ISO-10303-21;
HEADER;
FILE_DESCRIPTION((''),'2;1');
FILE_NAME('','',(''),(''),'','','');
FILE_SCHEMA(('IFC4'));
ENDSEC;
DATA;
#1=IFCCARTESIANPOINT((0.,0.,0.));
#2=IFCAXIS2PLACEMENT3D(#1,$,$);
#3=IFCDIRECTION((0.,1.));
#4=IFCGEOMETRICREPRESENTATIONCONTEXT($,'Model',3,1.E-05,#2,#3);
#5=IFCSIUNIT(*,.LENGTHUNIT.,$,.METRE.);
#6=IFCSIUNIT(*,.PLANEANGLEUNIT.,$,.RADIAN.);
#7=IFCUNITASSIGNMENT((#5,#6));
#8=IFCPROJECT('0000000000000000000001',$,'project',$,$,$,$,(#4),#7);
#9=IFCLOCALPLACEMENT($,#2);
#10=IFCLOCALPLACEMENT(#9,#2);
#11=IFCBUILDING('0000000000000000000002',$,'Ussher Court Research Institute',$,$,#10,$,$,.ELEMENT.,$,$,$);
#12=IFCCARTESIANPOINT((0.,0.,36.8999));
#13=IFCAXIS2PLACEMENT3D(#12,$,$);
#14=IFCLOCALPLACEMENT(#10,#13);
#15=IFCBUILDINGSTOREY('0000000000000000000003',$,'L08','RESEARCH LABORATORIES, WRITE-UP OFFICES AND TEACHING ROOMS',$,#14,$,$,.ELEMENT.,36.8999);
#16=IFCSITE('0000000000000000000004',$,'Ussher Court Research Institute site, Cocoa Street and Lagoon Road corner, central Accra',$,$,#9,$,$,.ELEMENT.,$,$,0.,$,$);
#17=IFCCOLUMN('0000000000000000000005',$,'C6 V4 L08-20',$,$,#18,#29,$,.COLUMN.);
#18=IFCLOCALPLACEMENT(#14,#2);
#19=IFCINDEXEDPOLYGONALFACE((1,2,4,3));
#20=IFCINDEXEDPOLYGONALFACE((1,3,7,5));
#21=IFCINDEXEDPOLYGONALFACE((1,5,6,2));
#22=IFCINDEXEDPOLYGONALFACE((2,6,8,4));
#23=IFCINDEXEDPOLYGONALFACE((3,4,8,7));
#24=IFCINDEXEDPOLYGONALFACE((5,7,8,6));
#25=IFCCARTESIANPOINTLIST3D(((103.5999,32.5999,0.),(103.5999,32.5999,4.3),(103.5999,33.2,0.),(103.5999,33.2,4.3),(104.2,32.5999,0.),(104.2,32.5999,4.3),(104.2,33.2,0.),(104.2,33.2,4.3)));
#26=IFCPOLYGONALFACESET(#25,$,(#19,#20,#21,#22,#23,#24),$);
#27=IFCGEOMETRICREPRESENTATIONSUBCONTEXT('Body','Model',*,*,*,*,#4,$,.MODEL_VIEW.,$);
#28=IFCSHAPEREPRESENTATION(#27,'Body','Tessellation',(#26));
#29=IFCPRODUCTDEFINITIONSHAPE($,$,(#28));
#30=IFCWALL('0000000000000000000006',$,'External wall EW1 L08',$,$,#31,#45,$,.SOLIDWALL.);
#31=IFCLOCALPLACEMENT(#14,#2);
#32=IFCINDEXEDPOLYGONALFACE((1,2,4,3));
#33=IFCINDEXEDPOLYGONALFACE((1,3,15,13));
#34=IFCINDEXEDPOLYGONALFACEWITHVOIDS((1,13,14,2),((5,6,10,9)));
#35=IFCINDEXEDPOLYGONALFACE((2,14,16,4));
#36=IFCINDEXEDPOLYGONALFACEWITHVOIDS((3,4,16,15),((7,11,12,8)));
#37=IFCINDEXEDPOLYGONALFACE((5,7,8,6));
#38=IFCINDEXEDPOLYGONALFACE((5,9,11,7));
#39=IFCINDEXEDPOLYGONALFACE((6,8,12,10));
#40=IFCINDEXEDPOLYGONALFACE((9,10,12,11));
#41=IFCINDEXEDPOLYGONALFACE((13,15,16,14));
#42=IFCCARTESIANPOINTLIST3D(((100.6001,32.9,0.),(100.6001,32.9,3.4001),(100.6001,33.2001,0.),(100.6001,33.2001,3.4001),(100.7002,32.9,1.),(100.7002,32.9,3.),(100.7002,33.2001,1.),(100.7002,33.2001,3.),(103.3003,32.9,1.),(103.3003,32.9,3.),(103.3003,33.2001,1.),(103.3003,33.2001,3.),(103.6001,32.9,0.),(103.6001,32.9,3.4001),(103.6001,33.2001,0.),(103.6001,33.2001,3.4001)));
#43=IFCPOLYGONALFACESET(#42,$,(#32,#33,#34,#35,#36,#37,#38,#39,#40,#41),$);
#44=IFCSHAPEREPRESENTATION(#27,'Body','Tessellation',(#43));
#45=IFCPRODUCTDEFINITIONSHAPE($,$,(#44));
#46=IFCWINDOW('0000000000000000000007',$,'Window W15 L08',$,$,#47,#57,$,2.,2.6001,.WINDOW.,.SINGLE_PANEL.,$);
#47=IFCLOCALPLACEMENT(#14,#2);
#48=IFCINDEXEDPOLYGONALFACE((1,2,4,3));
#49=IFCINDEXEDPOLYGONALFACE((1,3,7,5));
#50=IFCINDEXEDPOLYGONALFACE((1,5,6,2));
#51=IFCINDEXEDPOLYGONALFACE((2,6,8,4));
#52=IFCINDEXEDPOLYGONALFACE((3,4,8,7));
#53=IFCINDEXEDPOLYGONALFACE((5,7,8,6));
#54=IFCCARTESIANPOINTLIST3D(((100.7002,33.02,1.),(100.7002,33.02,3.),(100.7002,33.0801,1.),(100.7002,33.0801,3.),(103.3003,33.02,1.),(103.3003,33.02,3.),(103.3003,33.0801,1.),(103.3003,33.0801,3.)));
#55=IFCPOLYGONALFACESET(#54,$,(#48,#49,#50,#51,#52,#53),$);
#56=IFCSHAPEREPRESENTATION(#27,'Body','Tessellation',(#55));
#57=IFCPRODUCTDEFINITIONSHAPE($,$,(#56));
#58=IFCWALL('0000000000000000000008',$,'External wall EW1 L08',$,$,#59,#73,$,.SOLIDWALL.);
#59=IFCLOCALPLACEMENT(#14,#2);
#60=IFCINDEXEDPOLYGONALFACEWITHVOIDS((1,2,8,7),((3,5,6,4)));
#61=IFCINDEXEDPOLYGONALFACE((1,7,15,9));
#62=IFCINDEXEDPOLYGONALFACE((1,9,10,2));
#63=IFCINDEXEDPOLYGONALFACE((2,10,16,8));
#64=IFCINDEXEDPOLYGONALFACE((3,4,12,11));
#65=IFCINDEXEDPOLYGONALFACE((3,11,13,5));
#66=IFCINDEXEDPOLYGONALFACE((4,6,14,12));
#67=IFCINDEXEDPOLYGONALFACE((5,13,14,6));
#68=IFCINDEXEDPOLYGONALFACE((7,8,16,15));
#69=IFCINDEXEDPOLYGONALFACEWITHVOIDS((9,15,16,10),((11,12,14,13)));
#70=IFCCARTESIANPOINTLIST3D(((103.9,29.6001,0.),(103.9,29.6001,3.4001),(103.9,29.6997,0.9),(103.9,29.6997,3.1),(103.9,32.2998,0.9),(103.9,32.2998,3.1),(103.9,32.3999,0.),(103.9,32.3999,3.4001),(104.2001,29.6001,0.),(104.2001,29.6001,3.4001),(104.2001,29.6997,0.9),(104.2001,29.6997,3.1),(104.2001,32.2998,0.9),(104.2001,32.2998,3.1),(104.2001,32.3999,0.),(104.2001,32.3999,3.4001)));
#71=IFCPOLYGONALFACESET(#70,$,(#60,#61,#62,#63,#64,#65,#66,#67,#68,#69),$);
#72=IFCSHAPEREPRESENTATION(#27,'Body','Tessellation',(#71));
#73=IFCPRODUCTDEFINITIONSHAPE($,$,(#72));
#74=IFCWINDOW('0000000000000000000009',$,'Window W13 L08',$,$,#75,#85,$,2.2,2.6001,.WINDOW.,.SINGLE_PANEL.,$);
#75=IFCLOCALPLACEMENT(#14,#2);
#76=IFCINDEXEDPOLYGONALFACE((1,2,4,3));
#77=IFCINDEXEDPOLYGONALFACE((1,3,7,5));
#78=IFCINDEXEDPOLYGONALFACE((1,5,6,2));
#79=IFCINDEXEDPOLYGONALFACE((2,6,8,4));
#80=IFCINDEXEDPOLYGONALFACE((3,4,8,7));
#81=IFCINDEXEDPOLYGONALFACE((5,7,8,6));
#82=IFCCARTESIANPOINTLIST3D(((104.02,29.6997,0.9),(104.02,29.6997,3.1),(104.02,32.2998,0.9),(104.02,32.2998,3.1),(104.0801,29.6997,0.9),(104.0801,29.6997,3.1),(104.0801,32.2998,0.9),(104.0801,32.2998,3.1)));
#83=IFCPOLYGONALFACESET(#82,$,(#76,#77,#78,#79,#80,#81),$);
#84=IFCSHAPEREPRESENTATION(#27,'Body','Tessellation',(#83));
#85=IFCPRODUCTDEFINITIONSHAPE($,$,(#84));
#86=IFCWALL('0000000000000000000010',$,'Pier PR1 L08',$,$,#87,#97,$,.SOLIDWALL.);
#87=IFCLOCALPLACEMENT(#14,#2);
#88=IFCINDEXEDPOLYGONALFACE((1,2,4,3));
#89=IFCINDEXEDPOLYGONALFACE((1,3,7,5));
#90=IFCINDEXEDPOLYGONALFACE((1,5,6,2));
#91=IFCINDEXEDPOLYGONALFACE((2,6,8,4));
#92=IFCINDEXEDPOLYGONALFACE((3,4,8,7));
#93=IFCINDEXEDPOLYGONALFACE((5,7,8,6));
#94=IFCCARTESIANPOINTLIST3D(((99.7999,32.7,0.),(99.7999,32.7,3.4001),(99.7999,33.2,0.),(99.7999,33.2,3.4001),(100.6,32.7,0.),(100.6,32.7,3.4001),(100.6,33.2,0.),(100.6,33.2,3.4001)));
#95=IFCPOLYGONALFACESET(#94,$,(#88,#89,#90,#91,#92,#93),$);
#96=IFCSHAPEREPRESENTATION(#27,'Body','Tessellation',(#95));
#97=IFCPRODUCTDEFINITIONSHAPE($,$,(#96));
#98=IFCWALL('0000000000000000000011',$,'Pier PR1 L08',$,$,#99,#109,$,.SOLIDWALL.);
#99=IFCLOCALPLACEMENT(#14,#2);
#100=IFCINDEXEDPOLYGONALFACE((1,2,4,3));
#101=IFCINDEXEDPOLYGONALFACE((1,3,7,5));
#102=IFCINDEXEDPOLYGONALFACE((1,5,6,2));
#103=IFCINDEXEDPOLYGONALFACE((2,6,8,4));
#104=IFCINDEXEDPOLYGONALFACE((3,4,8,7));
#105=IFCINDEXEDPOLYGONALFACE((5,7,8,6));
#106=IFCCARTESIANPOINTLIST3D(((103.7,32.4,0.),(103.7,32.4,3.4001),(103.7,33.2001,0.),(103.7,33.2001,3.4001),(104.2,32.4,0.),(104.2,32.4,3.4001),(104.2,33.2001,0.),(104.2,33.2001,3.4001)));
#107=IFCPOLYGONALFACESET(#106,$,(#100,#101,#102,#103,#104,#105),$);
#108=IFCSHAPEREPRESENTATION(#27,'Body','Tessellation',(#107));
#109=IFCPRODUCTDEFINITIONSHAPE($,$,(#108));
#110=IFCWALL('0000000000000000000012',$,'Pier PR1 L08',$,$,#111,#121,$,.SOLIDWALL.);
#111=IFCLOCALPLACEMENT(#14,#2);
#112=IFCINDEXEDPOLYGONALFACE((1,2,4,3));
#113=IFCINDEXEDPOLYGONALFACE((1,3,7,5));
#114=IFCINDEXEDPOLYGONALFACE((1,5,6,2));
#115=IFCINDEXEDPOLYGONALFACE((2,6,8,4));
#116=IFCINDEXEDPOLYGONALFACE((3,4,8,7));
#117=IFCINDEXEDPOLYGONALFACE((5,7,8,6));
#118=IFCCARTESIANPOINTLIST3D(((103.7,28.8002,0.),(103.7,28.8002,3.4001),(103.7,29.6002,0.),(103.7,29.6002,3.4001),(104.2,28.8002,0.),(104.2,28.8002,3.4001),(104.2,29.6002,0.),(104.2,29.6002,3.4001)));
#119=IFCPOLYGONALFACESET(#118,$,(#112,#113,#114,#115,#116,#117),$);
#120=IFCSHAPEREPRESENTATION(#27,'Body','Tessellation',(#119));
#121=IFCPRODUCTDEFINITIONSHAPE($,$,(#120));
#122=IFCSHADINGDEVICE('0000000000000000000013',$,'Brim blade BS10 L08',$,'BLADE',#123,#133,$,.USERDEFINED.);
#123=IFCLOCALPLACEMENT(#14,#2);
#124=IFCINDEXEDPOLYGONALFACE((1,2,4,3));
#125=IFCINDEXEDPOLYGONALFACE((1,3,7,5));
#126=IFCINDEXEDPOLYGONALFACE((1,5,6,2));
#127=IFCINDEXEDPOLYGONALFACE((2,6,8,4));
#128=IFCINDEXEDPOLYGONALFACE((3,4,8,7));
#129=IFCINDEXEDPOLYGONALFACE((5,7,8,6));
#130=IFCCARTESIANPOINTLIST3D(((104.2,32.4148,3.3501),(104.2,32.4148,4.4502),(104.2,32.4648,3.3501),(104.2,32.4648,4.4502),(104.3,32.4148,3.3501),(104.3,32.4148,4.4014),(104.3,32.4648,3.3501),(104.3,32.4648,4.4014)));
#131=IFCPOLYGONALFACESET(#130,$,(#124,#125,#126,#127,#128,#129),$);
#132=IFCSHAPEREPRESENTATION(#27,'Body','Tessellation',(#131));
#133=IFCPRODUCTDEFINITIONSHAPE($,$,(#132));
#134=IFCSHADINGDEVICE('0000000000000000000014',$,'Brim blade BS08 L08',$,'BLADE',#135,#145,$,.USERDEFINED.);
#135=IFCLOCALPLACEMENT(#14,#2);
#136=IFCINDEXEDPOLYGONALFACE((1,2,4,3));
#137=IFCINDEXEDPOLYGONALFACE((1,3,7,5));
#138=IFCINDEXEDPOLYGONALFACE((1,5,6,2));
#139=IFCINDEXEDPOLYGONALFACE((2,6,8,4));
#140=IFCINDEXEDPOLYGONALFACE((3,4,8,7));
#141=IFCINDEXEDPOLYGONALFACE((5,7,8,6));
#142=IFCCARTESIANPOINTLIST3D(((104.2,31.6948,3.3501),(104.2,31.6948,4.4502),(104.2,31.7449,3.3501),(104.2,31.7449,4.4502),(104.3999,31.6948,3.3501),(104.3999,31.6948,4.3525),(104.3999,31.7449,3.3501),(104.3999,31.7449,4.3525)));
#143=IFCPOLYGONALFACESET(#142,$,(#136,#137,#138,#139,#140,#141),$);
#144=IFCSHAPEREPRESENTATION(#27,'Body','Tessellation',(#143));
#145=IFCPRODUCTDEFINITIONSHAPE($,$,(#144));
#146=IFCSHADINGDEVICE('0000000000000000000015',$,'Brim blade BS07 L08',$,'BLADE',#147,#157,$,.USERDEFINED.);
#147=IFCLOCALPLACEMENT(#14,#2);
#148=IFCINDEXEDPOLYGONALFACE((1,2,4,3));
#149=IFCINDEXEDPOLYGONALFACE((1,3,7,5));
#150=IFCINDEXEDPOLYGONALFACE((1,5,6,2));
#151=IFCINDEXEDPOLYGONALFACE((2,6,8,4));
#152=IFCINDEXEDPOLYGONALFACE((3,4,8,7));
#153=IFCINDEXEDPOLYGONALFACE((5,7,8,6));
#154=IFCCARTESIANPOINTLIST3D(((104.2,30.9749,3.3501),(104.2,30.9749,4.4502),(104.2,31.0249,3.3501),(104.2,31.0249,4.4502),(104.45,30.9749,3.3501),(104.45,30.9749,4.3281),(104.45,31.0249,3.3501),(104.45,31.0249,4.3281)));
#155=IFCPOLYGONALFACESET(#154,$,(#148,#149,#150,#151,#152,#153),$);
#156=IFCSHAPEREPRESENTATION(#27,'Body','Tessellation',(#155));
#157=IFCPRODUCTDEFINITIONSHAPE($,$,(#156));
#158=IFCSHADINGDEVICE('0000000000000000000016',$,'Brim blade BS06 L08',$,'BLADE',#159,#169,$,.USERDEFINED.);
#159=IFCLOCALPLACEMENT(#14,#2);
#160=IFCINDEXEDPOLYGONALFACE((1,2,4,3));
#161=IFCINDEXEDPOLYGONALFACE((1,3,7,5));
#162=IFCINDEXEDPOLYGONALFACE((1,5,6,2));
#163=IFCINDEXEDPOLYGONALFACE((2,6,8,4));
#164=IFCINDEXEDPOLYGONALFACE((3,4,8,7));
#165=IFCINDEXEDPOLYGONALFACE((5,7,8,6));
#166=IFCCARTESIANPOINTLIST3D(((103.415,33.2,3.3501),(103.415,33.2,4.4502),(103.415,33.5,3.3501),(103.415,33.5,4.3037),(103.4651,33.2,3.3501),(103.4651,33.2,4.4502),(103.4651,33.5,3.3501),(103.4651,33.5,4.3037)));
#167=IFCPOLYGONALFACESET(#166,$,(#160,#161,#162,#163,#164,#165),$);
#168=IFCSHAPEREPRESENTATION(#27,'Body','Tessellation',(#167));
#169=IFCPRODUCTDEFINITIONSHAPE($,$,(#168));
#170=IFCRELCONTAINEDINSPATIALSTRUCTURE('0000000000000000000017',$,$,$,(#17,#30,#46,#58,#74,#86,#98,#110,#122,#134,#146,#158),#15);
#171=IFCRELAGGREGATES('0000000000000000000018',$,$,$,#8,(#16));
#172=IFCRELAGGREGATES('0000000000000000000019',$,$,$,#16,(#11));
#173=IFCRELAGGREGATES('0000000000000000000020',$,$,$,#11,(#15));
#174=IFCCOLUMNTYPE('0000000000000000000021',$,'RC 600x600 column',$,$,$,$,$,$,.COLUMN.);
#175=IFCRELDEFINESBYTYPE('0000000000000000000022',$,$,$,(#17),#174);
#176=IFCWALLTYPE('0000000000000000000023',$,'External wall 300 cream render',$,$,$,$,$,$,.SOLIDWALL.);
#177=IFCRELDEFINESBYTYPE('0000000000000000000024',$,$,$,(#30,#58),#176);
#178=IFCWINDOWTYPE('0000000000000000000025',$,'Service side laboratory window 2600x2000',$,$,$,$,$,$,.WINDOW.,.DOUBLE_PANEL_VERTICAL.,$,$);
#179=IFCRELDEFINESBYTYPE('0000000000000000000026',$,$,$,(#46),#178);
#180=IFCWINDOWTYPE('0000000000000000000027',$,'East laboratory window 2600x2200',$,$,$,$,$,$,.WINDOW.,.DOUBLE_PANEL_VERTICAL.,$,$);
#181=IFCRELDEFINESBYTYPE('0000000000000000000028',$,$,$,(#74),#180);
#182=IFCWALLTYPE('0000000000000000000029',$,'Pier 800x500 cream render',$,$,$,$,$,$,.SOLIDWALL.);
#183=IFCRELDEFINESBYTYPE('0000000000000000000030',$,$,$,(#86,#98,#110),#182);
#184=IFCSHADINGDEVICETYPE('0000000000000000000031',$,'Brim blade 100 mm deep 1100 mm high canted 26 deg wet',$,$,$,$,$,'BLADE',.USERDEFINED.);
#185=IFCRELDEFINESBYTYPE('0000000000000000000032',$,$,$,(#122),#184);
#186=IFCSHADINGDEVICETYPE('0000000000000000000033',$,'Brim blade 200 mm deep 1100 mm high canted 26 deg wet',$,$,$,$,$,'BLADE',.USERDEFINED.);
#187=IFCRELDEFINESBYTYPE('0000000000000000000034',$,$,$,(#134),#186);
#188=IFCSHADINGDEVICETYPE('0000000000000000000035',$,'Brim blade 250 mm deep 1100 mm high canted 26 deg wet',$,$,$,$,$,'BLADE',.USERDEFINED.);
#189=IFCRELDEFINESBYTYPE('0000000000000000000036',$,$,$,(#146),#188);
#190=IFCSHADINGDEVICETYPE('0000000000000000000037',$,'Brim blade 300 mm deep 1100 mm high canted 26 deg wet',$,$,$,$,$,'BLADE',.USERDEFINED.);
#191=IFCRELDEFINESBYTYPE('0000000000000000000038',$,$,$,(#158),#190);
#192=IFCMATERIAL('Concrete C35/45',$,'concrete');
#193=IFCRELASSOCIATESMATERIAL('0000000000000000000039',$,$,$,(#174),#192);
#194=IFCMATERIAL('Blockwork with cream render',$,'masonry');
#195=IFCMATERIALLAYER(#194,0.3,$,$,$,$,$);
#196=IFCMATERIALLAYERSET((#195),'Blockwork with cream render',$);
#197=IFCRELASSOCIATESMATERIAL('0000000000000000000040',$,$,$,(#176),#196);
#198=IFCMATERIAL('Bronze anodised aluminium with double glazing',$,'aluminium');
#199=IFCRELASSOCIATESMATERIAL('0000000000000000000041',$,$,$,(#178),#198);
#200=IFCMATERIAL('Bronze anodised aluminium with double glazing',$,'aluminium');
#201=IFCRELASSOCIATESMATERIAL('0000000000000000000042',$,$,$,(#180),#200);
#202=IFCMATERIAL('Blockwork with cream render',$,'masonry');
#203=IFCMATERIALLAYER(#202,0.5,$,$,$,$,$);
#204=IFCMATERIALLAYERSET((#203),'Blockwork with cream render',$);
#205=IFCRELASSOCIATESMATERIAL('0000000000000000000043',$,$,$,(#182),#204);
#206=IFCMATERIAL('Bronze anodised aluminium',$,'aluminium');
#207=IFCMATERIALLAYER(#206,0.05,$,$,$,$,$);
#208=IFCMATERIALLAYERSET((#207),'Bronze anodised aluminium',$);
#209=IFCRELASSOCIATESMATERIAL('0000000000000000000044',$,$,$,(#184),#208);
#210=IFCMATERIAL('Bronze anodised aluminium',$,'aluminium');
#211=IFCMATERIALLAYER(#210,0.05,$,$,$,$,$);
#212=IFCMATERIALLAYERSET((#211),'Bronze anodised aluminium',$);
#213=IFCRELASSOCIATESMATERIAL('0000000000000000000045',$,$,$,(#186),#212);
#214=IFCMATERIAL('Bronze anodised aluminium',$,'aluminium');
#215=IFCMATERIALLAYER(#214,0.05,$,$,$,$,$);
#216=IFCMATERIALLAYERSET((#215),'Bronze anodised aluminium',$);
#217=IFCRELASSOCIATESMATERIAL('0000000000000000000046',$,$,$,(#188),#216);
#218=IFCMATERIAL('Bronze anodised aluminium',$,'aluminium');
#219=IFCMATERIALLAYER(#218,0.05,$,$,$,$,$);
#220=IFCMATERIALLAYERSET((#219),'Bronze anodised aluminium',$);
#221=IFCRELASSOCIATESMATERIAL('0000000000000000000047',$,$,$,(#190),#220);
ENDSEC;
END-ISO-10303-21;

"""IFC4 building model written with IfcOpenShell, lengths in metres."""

from ifc_helpers import new_model, si_unit, direction, frame, frame_2d, origin, origin_2d, place, context, subcontext, project, spatial, polyline, rectangle, outline, extrude, material, layer, layer_set, material_profile, profile_set, type_object, element, fill, save


model = new_model("IFC4")

# Units and contexts
model_context = context("Model", 3, precision=1e-05, world=origin(), true_north=direction((0.0, 1.0)))
body_context = subcontext(model_context, "Body", "Model", "MODEL_VIEW")
ifc_project = project(units=[si_unit("LENGTHUNIT", "METRE"), si_unit("PLANEANGLEUNIT", "RADIAN")], contexts=[model_context])

# Site, building, storey
site_placement = place(None, origin())
site = spatial("IfcSite", under=ifc_project, at=site_placement, Name="Ussher Court Research Institute site, Cocoa Street and Lagoon Road corner, central Accra", CompositionType="ELEMENT", RefElevation=0.0)
building_placement = place(site_placement, origin())
building = spatial("IfcBuilding", under=site, at=building_placement, Name="Ussher Court Research Institute", CompositionType="ELEMENT")
storey_placement = place(building_placement, frame((0.0, 0.0, 36.8999)))
storey = spatial("IfcBuildingStorey", under=building, at=storey_placement, Name="L08", Description="RESEARCH LABORATORIES, WRITE-UP OFFICES AND TEACHING ROOMS", CompositionType="ELEMENT", Elevation=36.8999)

# Column
ifc_material_1 = material(Name="Concrete C35/45", Category="concrete")
ifc_material_profile = material_profile(ifc_material_1, rectangle(XDim=0.6001, YDim=0.6001, at=origin_2d()), Name="RC 600x600")
ifc_profile_set = profile_set([ifc_material_profile], Name="Concrete C35/45")
column_type = type_object("IfcColumnType", Name="RC 600x600 column", PredefinedType="COLUMN", material=ifc_profile_set)
column_placement = place(storey_placement, frame((103.8999, 32.8999, 0.0), z_axis=(0.0, 0.0, 1.0), x_axis=(1.0, 0.0, 0.0)))
element("IfcColumn", 1, at=column_placement, inside=storey, type_object=column_type, Name="C6 V4 L08-20", PredefinedType="COLUMN", context=body_context, shape_type="SweptSolid", body=[
    extrude(rectangle(XDim=0.6001, YDim=0.6001, at=origin_2d()), origin(), (0.0, 0.0, 1.0), 4.3),
])

# Walls, openings, windows
ifc_material_2 = material(Name="Blockwork with cream render", Category="masonry")
ifc_layer_1 = layer(ifc_material_2, 0.3)
ifc_layer_set_1 = layer_set([ifc_layer_1], Name="Blockwork with cream render")
wall_type_1 = type_object("IfcWallType", Name="External wall 300 cream render", PredefinedType="SOLIDWALL", material=ifc_layer_set_1)
wall_1_placement = place(storey_placement, frame((100.6001, 33.05, 0.0), z_axis=(0.0, 0.0, 1.0), x_axis=(1.0, 0.0, 0.0)))
wall_1 = element("IfcWall", 2, at=wall_1_placement, inside=storey, type_object=wall_type_1, Name="External wall EW1 L08", PredefinedType="SOLIDWALL", context=body_context, shape_type="SweptSolid", body=[
    extrude(rectangle(XDim=3.0, YDim=0.3, at=frame_2d((1.5, 0.0))), origin(), (0.0, 0.0, 1.0), 3.4001),
])
opening_1_placement = place(wall_1_placement, frame((0.1001, 0.0, 1.0)))
opening_1 = element("IfcOpeningElement", 3, at=opening_1_placement, cuts=wall_1, PredefinedType="OPENING", context=body_context, shape_type="SweptSolid", body=[
    extrude(rectangle(XDim=2.6001, YDim=2.0, at=frame_2d((1.3, 1.0))), frame((0.0, 0.1602, 0.0), z_axis=(0.0, -1.0, 0.0), x_axis=(1.0, 0.0, 0.0)), (0.0, 0.0, 1.0), 0.3201),
])
ifc_material_3 = material(Name="Bronze anodised aluminium with double glazing", Category="aluminium")
window_type_1 = type_object("IfcWindowType", Name="Service side laboratory window 2600x2000", PartitioningType="DOUBLE_PANEL_VERTICAL", PredefinedType="WINDOW", material=ifc_material_3)
window_1_placement = place(opening_1_placement, origin())
window_1 = element("IfcWindow", 4, at=window_1_placement, inside=storey, type_object=window_type_1, Name="Window W15 L08", OverallHeight=2.0, OverallWidth=2.6001, PartitioningType="SINGLE_PANEL", PredefinedType="WINDOW", context=body_context, shape_type="SweptSolid", body=[
    extrude(rectangle(XDim=2.6001, YDim=2.0, at=frame_2d((1.3, 1.0))), frame((0.0, 0.03, 0.0), z_axis=(0.0, -1.0, 0.0), x_axis=(1.0, 0.0, 0.0)), (0.0, 0.0, 1.0), 0.0601),
])
fill(opening_1, window_1)
wall_2_placement = place(storey_placement, frame((104.05, 32.3999, 0.0), z_axis=(0.0, 0.0, 1.0), x_axis=(0.0, -1.0, 0.0)))
wall_2 = element("IfcWall", 5, at=wall_2_placement, inside=storey, type_object=wall_type_1, Name="External wall EW1 L08", PredefinedType="SOLIDWALL", context=body_context, shape_type="SweptSolid", body=[
    extrude(rectangle(XDim=2.7998, YDim=0.3, at=frame_2d((1.3999, 0.0))), origin(), (0.0, 0.0, 1.0), 3.4001),
])
opening_2_placement = place(wall_2_placement, frame((0.1001, 0.0, 0.8999)))
opening_2 = element("IfcOpeningElement", 6, at=opening_2_placement, cuts=wall_2, PredefinedType="OPENING", context=body_context, shape_type="SweptSolid", body=[
    extrude(rectangle(XDim=2.6001, YDim=2.2, at=frame_2d((1.3, 1.1001))), frame((0.0, 0.1602, 0.0), z_axis=(0.0, -1.0, 0.0), x_axis=(1.0, 0.0, 0.0)), (0.0, 0.0, 1.0), 0.3201),
])
ifc_material_4 = material(Name="Bronze anodised aluminium with double glazing", Category="aluminium")
window_type_2 = type_object("IfcWindowType", Name="East laboratory window 2600x2200", PartitioningType="DOUBLE_PANEL_VERTICAL", PredefinedType="WINDOW", material=ifc_material_4)
window_2_placement = place(opening_2_placement, origin())
window_2 = element("IfcWindow", 7, at=window_2_placement, inside=storey, type_object=window_type_2, Name="Window W13 L08", OverallHeight=2.2, OverallWidth=2.6001, PartitioningType="SINGLE_PANEL", PredefinedType="WINDOW", context=body_context, shape_type="SweptSolid", body=[
    extrude(rectangle(XDim=2.6001, YDim=2.2, at=frame_2d((1.3, 1.1001))), frame((0.0, 0.03, 0.0), z_axis=(0.0, -1.0, 0.0), x_axis=(1.0, 0.0, 0.0)), (0.0, 0.0, 1.0), 0.0601),
])
fill(opening_2, window_2)

# Walls
ifc_material_5 = material(Name="Blockwork with cream render", Category="masonry")
ifc_layer_2 = layer(ifc_material_5, 0.5)
ifc_layer_set_2 = layer_set([ifc_layer_2], Name="Blockwork with cream render")
wall_type_2 = type_object("IfcWallType", Name="Pier 800x500 cream render", PredefinedType="SOLIDWALL", material=ifc_layer_set_2)
for number, where, z_axis, x_axis, name in (
    (8, (99.8, 32.95, 0.0), (0.0, 0.0, 1.0), (1.0, 0.0, 0.0), "Pier PR1 L08"),
    (9, (103.95, 33.2, 0.0), (0.0, 0.0, 1.0), (0.0, -1.0, 0.0), "Pier PR1 L08"),
    (10, (103.95, 29.6001, 0.0), (0.0, 0.0, 1.0), (0.0, -1.0, 0.0), "Pier PR1 L08"),
):
    element("IfcWall", number, at=place(storey_placement, frame(where, z_axis=z_axis, x_axis=x_axis)), inside=storey, type_object=wall_type_2, Name=name, PredefinedType="SOLIDWALL", context=body_context, shape_type="SweptSolid", body=[
        extrude(rectangle(XDim=0.8, YDim=0.5, at=frame_2d((0.3999, 0.0))), origin(), (0.0, 0.0, 1.0), 3.4001),
    ])

# Shading devices
ifc_material_6 = material(Name="Bronze anodised aluminium", Category="aluminium")
ifc_layer_3 = layer(ifc_material_6, 0.05)
ifc_layer_set_3 = layer_set([ifc_layer_3], Name="Bronze anodised aluminium")
shading_device_type_1 = type_object("IfcShadingDeviceType", Name="Brim blade 100 mm deep 1100 mm high canted 26 deg wet", ElementType="BLADE", PredefinedType="USERDEFINED", material=ifc_layer_set_3)
shading_device_1_placement = place(storey_placement, frame((104.2, 32.4399, 3.3501), z_axis=(0.0, 0.0, 1.0), x_axis=(1.0, 0.0, 0.0)))
element("IfcShadingDevice", 11, at=shading_device_1_placement, inside=storey, type_object=shading_device_type_1, Name="Brim blade BS10 L08", ObjectType="BLADE", PredefinedType="USERDEFINED", context=body_context, shape_type="SweptSolid", body=[
    extrude(outline(polyline([(0.0, 0.0), (0.1001, 0.0), (0.1001, 1.0513), (0.0, 1.1001), (0.0, 0.0)])), frame((0.0, 0.0249, 0.0), z_axis=(0.0, -1.0, 0.0), x_axis=(1.0, 0.0, 0.0)), (0.0, 0.0, 1.0), 0.05),
])
ifc_material_7 = material(Name="Bronze anodised aluminium", Category="aluminium")
ifc_layer_4 = layer(ifc_material_7, 0.05)
ifc_layer_set_4 = layer_set([ifc_layer_4], Name="Bronze anodised aluminium")
shading_device_type_2 = type_object("IfcShadingDeviceType", Name="Brim blade 200 mm deep 1100 mm high canted 26 deg wet", ElementType="BLADE", PredefinedType="USERDEFINED", material=ifc_layer_set_4)
shading_device_2_placement = place(storey_placement, frame((104.2, 31.72, 3.3501), z_axis=(0.0, 0.0, 1.0), x_axis=(1.0, 0.0, 0.0)))
element("IfcShadingDevice", 12, at=shading_device_2_placement, inside=storey, type_object=shading_device_type_2, Name="Brim blade BS08 L08", ObjectType="BLADE", PredefinedType="USERDEFINED", context=body_context, shape_type="SweptSolid", body=[
    extrude(outline(polyline([(0.0, 0.0), (0.2, 0.0), (0.2, 1.0024), (0.0, 1.1001), (0.0, 0.0)])), frame((0.0, 0.0249, 0.0), z_axis=(0.0, -1.0, 0.0), x_axis=(1.0, 0.0, 0.0)), (0.0, 0.0, 1.0), 0.05),
])
ifc_material_8 = material(Name="Bronze anodised aluminium", Category="aluminium")
ifc_layer_5 = layer(ifc_material_8, 0.05)
ifc_layer_set_5 = layer_set([ifc_layer_5], Name="Bronze anodised aluminium")
shading_device_type_3 = type_object("IfcShadingDeviceType", Name="Brim blade 250 mm deep 1100 mm high canted 26 deg wet", ElementType="BLADE", PredefinedType="USERDEFINED", material=ifc_layer_set_5)
shading_device_3_placement = place(storey_placement, frame((104.2, 31.0, 3.3501), z_axis=(0.0, 0.0, 1.0), x_axis=(1.0, 0.0, 0.0)))
element("IfcShadingDevice", 13, at=shading_device_3_placement, inside=storey, type_object=shading_device_type_3, Name="Brim blade BS07 L08", ObjectType="BLADE", PredefinedType="USERDEFINED", context=body_context, shape_type="SweptSolid", body=[
    extrude(outline(polyline([(0.0, 0.0), (0.25, 0.0), (0.25, 0.978), (0.0, 1.1001), (0.0, 0.0)])), frame((0.0, 0.0249, 0.0), z_axis=(0.0, -1.0, 0.0), x_axis=(1.0, 0.0, 0.0)), (0.0, 0.0, 1.0), 0.05),
])
ifc_material_9 = material(Name="Bronze anodised aluminium", Category="aluminium")
ifc_layer_6 = layer(ifc_material_9, 0.05)
ifc_layer_set_6 = layer_set([ifc_layer_6], Name="Bronze anodised aluminium")
shading_device_type_4 = type_object("IfcShadingDeviceType", Name="Brim blade 300 mm deep 1100 mm high canted 26 deg wet", ElementType="BLADE", PredefinedType="USERDEFINED", material=ifc_layer_set_6)
shading_device_4_placement = place(storey_placement, frame((103.4399, 33.2, 3.3501), z_axis=(0.0, 0.0, 1.0), x_axis=(0.0, 1.0, 0.0)))
element("IfcShadingDevice", 14, at=shading_device_4_placement, inside=storey, type_object=shading_device_type_4, Name="Brim blade BS06 L08", ObjectType="BLADE", PredefinedType="USERDEFINED", context=body_context, shape_type="SweptSolid", body=[
    extrude(outline(polyline([(0.0, 0.0), (0.3, 0.0), (0.3, 0.9536), (0.0, 1.1001), (0.0, 0.0)])), frame((0.0, 0.0249, 0.0), z_axis=(0.0, -1.0, 0.0), x_axis=(1.0, 0.0, 0.0)), (0.0, 0.0, 1.0), 0.05),
])

save(model, "model.ifc")
